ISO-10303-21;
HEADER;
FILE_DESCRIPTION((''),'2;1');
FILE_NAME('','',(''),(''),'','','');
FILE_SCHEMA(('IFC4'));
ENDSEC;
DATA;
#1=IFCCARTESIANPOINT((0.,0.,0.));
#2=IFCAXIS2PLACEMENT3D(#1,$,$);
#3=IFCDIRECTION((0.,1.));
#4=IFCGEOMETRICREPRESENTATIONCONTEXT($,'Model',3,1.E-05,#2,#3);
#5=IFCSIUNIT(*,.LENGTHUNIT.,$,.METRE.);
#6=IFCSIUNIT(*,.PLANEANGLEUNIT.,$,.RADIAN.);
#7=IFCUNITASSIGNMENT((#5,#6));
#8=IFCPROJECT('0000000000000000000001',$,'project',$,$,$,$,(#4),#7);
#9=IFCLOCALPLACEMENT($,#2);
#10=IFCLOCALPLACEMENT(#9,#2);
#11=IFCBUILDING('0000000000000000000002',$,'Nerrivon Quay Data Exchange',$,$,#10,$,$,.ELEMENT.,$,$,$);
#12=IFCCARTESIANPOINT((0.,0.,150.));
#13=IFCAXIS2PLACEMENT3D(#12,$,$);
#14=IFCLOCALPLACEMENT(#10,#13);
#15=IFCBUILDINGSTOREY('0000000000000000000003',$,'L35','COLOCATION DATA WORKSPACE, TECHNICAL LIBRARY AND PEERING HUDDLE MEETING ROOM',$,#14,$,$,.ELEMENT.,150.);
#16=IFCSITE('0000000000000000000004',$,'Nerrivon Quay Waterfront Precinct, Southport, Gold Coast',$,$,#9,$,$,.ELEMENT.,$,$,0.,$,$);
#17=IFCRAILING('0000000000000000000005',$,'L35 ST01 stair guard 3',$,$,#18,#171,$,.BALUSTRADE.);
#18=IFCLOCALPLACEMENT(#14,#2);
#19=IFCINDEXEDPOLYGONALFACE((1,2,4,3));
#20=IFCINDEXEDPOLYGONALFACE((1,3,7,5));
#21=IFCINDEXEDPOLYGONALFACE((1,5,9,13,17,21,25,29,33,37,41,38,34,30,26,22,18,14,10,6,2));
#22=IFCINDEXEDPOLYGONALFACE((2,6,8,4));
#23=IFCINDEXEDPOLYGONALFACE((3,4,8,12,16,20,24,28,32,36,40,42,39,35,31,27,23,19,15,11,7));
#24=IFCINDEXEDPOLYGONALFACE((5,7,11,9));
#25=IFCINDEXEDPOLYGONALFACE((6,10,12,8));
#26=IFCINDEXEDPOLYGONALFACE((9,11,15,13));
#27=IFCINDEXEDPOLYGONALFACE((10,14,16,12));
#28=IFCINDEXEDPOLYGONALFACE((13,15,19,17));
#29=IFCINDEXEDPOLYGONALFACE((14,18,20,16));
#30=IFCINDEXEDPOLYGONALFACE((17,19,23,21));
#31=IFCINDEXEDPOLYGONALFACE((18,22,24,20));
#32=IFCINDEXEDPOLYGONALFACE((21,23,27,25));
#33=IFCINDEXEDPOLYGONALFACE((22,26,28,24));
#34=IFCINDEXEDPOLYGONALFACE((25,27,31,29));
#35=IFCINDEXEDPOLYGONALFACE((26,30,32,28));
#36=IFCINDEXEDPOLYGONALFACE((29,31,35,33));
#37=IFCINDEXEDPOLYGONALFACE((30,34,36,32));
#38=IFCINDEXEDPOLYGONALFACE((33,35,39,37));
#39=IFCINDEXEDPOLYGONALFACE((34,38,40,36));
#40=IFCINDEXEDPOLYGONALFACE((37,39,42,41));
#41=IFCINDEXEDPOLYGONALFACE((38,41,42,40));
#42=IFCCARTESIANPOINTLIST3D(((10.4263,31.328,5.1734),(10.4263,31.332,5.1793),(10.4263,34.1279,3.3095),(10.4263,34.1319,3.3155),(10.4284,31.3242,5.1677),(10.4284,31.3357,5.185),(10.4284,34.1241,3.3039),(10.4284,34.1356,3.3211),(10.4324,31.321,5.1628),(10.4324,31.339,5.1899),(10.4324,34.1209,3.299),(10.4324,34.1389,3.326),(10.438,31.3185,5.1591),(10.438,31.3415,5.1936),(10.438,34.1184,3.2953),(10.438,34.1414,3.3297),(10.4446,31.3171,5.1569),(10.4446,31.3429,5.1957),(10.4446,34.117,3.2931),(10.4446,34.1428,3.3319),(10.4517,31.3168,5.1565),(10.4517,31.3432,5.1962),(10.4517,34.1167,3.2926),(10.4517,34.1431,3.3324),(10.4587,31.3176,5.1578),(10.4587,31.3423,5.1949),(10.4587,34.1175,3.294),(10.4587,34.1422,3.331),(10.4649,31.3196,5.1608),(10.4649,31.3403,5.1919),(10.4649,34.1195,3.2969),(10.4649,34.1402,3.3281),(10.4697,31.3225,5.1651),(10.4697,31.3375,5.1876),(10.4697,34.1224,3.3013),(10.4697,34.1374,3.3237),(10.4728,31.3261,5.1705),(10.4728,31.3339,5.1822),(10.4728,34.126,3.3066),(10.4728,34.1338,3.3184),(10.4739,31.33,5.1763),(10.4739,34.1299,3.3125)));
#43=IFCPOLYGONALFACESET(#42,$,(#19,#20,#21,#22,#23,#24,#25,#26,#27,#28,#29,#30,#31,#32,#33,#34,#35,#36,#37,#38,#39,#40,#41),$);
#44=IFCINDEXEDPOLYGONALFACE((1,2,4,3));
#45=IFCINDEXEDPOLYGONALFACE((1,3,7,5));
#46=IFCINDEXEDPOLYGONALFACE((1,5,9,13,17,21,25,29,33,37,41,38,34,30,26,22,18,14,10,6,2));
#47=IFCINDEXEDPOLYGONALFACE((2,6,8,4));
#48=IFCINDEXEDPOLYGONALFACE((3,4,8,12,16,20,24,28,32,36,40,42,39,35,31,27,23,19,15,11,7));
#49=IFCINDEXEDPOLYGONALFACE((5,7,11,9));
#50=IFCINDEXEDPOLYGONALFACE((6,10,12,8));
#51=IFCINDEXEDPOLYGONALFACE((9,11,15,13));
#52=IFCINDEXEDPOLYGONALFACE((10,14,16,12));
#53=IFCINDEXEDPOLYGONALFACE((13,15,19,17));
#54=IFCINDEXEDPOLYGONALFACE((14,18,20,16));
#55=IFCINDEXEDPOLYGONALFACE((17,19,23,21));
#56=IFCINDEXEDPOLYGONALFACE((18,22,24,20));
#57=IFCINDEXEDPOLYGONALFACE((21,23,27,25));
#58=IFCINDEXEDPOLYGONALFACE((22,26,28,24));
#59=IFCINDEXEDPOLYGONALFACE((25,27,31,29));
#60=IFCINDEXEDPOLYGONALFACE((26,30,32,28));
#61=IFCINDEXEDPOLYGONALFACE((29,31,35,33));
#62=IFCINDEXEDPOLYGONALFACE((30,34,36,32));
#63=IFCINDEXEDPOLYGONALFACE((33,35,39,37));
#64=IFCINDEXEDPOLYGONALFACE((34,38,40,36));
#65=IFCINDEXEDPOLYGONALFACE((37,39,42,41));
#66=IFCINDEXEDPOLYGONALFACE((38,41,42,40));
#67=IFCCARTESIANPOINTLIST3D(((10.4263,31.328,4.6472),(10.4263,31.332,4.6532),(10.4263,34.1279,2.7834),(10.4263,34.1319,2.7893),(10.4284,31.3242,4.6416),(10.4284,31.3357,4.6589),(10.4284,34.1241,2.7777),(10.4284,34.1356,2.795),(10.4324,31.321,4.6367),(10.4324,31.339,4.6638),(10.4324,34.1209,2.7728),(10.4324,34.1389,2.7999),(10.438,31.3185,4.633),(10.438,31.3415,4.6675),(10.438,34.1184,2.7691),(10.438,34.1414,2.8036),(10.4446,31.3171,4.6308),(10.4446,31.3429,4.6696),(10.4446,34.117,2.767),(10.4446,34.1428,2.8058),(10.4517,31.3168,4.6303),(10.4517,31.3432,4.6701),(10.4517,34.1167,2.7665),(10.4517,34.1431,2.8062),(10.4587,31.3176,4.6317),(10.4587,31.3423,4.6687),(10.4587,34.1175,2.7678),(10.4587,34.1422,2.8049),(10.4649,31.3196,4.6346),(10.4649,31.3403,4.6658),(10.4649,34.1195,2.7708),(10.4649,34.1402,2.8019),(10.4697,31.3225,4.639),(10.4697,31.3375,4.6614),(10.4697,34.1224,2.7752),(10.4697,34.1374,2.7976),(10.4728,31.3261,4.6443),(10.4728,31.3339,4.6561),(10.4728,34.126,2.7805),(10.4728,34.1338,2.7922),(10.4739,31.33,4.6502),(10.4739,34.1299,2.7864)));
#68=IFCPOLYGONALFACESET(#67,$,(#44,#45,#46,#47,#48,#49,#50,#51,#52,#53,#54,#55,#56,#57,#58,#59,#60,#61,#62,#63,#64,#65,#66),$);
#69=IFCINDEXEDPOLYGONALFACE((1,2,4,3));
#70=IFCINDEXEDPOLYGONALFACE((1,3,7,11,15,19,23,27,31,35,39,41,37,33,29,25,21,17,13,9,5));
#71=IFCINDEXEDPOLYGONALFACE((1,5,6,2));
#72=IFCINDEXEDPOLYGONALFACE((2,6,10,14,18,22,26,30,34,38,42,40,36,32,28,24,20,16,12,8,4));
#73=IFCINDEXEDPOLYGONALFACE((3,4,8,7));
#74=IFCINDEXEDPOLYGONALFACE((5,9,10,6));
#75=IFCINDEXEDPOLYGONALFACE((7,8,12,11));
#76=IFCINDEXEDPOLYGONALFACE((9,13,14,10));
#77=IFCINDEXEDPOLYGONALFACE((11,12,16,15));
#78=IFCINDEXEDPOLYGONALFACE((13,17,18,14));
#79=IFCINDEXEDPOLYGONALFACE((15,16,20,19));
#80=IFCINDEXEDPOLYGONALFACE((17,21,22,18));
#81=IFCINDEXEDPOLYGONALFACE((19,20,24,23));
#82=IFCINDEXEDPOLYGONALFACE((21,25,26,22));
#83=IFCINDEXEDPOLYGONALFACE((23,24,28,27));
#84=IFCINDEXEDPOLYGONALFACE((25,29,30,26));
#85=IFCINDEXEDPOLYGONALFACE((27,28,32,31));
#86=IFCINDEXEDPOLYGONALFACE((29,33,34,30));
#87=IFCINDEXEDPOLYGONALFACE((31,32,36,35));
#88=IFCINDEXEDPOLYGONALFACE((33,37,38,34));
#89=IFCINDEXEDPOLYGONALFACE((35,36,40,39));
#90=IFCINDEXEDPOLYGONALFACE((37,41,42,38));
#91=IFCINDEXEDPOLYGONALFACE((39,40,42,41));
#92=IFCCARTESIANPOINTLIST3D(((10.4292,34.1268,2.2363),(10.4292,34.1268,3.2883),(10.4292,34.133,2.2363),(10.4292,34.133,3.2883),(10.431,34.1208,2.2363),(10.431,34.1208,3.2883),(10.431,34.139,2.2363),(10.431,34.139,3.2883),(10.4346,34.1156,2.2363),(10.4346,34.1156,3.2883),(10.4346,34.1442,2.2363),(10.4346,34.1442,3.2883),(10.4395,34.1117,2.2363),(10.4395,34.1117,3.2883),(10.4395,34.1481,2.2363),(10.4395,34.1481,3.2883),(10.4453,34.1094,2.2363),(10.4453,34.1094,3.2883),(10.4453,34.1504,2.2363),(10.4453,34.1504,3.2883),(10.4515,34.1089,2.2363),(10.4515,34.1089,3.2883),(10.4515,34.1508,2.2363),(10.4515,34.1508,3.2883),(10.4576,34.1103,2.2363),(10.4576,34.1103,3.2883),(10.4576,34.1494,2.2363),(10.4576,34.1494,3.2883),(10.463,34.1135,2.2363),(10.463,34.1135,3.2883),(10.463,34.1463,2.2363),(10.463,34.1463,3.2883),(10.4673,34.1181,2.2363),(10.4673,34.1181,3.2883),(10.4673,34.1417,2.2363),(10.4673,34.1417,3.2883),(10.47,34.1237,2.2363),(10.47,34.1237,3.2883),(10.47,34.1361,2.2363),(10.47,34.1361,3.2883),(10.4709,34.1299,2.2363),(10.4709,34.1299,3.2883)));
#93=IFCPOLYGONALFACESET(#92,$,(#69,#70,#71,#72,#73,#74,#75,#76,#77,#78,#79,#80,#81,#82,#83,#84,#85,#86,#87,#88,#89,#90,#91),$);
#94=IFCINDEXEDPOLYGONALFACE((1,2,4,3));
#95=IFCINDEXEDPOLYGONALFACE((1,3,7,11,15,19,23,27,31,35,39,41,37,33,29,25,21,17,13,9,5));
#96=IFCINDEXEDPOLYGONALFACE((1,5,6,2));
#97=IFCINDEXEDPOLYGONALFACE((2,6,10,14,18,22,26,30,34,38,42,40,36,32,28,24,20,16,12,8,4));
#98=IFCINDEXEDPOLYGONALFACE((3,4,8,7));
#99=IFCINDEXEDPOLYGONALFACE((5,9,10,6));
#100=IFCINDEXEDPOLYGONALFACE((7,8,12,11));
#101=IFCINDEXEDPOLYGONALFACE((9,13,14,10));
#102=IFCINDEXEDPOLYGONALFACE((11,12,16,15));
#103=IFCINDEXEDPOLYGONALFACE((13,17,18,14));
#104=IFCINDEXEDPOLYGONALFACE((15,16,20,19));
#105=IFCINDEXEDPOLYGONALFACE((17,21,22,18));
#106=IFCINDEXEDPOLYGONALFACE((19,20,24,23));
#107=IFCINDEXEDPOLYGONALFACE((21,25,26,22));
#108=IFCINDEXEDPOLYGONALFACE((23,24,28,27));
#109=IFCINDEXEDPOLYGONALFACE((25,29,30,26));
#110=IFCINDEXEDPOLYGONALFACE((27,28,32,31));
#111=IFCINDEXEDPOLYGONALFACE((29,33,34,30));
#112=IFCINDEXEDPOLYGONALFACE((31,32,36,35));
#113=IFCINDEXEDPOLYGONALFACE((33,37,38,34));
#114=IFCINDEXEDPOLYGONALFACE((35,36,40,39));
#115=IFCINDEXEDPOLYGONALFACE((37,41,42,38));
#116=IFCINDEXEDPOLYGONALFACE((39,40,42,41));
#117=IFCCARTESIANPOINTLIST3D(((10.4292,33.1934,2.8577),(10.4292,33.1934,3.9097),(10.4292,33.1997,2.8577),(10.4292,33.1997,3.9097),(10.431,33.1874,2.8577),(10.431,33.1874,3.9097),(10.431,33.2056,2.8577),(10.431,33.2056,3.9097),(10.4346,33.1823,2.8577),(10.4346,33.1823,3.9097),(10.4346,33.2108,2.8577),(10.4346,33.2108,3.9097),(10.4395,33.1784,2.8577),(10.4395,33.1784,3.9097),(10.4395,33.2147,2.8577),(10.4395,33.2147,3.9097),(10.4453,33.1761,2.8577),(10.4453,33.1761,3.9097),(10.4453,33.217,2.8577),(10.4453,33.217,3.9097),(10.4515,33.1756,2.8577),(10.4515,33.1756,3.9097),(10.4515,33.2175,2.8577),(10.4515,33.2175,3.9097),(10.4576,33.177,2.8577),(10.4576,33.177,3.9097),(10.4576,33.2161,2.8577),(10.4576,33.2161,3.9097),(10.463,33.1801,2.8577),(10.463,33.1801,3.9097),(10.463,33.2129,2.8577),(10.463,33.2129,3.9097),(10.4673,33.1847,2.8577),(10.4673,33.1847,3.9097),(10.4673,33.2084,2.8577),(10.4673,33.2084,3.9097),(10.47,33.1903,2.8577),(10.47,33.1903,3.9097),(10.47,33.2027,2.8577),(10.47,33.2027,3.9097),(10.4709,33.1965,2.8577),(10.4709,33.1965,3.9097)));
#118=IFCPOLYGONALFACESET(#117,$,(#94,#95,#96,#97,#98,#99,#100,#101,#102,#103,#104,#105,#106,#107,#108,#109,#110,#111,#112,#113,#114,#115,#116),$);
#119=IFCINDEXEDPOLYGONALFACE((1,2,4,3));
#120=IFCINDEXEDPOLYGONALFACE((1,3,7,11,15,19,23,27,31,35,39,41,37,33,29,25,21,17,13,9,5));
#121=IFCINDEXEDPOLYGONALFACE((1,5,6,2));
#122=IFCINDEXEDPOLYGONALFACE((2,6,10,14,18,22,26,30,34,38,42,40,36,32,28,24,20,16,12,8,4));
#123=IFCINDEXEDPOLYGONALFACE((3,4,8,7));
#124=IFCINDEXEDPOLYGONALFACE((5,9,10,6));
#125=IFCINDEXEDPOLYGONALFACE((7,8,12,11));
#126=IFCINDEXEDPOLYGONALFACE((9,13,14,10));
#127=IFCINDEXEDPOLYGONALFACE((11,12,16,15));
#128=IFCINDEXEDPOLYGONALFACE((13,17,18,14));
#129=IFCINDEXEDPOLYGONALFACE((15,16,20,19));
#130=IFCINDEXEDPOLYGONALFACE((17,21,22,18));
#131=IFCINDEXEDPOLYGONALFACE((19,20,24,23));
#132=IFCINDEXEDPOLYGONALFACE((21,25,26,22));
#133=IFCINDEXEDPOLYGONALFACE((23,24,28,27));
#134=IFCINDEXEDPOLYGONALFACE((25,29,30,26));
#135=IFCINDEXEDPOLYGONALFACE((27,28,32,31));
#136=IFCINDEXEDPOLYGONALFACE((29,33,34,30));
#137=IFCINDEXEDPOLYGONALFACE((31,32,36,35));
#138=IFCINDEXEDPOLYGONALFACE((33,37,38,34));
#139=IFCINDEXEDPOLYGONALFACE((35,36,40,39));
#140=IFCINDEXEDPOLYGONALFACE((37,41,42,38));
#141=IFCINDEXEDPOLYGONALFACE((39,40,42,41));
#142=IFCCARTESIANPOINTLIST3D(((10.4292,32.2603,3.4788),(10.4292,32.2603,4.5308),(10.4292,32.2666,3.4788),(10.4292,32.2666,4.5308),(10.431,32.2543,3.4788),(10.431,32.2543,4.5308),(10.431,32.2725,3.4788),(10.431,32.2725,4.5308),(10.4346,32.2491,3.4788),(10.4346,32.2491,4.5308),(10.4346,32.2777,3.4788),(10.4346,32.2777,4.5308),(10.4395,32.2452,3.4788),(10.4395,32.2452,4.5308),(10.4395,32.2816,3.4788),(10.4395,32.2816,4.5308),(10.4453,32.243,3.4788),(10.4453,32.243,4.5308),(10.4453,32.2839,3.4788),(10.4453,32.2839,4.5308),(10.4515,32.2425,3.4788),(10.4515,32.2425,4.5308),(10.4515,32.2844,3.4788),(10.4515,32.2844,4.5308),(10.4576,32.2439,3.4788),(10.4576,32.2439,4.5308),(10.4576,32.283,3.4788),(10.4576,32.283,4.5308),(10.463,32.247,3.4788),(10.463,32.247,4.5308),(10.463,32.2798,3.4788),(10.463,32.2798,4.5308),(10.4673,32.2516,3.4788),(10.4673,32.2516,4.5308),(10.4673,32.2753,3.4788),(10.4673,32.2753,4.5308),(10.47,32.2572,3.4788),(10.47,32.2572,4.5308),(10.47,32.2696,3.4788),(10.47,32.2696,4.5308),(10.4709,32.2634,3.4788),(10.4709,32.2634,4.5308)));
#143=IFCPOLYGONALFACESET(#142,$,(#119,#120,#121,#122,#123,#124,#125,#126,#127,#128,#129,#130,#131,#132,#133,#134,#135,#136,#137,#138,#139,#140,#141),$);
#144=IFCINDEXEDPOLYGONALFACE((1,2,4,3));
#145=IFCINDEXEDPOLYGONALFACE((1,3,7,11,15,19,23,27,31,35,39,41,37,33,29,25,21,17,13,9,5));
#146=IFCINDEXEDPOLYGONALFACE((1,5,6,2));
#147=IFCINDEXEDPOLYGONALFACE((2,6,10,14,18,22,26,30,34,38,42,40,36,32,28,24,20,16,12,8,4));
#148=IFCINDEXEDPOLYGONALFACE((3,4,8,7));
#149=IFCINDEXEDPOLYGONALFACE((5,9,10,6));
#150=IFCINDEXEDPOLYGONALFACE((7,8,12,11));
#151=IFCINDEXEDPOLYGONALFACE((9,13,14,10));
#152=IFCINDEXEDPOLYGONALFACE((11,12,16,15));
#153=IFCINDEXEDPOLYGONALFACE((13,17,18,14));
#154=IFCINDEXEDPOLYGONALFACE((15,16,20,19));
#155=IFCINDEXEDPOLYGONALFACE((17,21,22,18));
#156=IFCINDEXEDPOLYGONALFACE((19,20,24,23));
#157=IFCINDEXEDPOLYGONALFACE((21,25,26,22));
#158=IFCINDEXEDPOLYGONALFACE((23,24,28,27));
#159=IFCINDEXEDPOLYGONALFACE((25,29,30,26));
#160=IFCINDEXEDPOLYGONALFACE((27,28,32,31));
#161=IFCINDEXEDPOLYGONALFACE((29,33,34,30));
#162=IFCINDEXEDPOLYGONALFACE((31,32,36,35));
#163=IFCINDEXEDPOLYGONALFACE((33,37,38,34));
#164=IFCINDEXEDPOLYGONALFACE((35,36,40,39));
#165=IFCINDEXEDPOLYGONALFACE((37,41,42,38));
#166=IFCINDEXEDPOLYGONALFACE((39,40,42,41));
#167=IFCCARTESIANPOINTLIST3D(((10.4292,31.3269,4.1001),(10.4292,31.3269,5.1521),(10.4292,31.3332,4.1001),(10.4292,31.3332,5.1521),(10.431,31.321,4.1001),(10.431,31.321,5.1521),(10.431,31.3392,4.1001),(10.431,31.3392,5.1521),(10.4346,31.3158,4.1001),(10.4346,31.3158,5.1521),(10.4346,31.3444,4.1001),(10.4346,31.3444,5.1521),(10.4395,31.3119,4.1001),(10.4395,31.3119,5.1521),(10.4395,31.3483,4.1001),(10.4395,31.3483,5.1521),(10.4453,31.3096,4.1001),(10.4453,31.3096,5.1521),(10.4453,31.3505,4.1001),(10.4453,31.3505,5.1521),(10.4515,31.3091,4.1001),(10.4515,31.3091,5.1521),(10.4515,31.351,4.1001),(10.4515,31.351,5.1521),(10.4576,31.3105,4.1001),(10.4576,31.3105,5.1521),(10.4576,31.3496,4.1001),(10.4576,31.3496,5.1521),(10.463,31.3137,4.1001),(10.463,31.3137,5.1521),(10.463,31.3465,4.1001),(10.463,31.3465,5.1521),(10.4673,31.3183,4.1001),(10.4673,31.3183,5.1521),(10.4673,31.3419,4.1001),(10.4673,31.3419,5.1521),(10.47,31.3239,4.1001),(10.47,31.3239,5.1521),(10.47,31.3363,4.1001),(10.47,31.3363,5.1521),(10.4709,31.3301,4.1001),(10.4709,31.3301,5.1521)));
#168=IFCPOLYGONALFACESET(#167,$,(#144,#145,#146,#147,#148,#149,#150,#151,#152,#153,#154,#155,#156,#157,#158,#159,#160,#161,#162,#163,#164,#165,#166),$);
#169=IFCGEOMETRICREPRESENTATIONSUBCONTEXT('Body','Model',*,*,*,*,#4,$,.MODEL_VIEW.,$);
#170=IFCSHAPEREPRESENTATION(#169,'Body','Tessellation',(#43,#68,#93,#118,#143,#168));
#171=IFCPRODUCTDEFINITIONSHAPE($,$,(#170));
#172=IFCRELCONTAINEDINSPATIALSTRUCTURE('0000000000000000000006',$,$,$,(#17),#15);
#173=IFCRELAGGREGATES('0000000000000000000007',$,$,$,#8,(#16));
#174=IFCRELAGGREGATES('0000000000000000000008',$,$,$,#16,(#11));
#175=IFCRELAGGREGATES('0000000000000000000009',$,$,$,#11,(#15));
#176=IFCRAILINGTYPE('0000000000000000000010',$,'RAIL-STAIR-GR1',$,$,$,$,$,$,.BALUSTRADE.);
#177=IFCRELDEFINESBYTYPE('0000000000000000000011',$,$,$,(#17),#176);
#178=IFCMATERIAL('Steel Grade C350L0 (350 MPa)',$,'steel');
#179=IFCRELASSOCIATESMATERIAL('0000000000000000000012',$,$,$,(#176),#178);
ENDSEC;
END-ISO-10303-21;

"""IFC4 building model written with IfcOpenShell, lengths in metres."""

from ifc_helpers import new_model, si_unit, direction, frame, origin, origin_2d, place, context, subcontext, project, spatial, circle, extrude, material, type_object, element, save


model = new_model("IFC4")

# Units and contexts
model_context = context("Model", 3, precision=1e-05, world=origin(), true_north=direction((0.0, 1.0)))
body_context = subcontext(model_context, "Body", "Model", "MODEL_VIEW")
ifc_project = project(units=[si_unit("LENGTHUNIT", "METRE"), si_unit("PLANEANGLEUNIT", "RADIAN")], contexts=[model_context])

# Site, building, storey
site_placement = place(None, origin())
site = spatial("IfcSite", under=ifc_project, at=site_placement, Name="Nerrivon Quay Waterfront Precinct, Southport, Gold Coast", CompositionType="ELEMENT", RefElevation=0.0)
building_placement = place(site_placement, origin())
building = spatial("IfcBuilding", under=site, at=building_placement, Name="Nerrivon Quay Data Exchange", CompositionType="ELEMENT")
storey_placement = place(building_placement, frame((0.0, 0.0, 150.0)))
storey = spatial("IfcBuildingStorey", under=building, at=storey_placement, Name="L35", Description="COLOCATION DATA WORKSPACE, TECHNICAL LIBRARY AND PEERING HUDDLE MEETING ROOM", CompositionType="ELEMENT", Elevation=150.0)

# Railing
ifc_material_1 = material(Name="Steel Grade C350L0 (350 MPa)", Category="steel")
railing_type = type_object("IfcRailingType", Name="RAIL-STAIR-GR1", PredefinedType="BALUSTRADE", material=ifc_material_1)
railing_1_placement = place(storey_placement, frame((10.45, 34.1299, 2.2363)))
element("IfcRailing", 1, at=railing_1_placement, inside=storey, type_object=railing_type, Name="L35 ST01 stair guard 3", PredefinedType="BALUSTRADE", context=body_context, shape_type="SweptSolid", body=[
    extrude(circle(Radius=0.0239, at=origin_2d()), frame((0.0, 0.0, 1.0762), z_axis=(0.0, -0.83243, 0.554131), x_axis=(1.0, 0.0, 0.0)), (0.0, 0.0, 1.0), 3.3635),
    extrude(circle(Radius=0.0239, at=origin_2d()), frame((0.0, 0.0, 0.55), z_axis=(0.0, -0.83243, 0.554131), x_axis=(1.0, 0.0, 0.0)), (0.0, 0.0, 1.0), 3.3635),
    extrude(circle(Radius=0.021, at=origin_2d()), origin(), (0.0, 0.0, 1.0), 1.052),
    extrude(circle(Radius=0.021, at=origin_2d()), frame((0.0, -0.9333, 0.6213)), (0.0, 0.0, 1.0), 1.052),
    extrude(circle(Radius=0.021, at=origin_2d()), frame((0.0, -1.8665, 1.2424)), (0.0, 0.0, 1.0), 1.052),
    extrude(circle(Radius=0.021, at=origin_2d()), frame((0.0, -2.7998, 1.8638)), (0.0, 0.0, 1.0), 1.052),
])

save(model, "model.ifc")
